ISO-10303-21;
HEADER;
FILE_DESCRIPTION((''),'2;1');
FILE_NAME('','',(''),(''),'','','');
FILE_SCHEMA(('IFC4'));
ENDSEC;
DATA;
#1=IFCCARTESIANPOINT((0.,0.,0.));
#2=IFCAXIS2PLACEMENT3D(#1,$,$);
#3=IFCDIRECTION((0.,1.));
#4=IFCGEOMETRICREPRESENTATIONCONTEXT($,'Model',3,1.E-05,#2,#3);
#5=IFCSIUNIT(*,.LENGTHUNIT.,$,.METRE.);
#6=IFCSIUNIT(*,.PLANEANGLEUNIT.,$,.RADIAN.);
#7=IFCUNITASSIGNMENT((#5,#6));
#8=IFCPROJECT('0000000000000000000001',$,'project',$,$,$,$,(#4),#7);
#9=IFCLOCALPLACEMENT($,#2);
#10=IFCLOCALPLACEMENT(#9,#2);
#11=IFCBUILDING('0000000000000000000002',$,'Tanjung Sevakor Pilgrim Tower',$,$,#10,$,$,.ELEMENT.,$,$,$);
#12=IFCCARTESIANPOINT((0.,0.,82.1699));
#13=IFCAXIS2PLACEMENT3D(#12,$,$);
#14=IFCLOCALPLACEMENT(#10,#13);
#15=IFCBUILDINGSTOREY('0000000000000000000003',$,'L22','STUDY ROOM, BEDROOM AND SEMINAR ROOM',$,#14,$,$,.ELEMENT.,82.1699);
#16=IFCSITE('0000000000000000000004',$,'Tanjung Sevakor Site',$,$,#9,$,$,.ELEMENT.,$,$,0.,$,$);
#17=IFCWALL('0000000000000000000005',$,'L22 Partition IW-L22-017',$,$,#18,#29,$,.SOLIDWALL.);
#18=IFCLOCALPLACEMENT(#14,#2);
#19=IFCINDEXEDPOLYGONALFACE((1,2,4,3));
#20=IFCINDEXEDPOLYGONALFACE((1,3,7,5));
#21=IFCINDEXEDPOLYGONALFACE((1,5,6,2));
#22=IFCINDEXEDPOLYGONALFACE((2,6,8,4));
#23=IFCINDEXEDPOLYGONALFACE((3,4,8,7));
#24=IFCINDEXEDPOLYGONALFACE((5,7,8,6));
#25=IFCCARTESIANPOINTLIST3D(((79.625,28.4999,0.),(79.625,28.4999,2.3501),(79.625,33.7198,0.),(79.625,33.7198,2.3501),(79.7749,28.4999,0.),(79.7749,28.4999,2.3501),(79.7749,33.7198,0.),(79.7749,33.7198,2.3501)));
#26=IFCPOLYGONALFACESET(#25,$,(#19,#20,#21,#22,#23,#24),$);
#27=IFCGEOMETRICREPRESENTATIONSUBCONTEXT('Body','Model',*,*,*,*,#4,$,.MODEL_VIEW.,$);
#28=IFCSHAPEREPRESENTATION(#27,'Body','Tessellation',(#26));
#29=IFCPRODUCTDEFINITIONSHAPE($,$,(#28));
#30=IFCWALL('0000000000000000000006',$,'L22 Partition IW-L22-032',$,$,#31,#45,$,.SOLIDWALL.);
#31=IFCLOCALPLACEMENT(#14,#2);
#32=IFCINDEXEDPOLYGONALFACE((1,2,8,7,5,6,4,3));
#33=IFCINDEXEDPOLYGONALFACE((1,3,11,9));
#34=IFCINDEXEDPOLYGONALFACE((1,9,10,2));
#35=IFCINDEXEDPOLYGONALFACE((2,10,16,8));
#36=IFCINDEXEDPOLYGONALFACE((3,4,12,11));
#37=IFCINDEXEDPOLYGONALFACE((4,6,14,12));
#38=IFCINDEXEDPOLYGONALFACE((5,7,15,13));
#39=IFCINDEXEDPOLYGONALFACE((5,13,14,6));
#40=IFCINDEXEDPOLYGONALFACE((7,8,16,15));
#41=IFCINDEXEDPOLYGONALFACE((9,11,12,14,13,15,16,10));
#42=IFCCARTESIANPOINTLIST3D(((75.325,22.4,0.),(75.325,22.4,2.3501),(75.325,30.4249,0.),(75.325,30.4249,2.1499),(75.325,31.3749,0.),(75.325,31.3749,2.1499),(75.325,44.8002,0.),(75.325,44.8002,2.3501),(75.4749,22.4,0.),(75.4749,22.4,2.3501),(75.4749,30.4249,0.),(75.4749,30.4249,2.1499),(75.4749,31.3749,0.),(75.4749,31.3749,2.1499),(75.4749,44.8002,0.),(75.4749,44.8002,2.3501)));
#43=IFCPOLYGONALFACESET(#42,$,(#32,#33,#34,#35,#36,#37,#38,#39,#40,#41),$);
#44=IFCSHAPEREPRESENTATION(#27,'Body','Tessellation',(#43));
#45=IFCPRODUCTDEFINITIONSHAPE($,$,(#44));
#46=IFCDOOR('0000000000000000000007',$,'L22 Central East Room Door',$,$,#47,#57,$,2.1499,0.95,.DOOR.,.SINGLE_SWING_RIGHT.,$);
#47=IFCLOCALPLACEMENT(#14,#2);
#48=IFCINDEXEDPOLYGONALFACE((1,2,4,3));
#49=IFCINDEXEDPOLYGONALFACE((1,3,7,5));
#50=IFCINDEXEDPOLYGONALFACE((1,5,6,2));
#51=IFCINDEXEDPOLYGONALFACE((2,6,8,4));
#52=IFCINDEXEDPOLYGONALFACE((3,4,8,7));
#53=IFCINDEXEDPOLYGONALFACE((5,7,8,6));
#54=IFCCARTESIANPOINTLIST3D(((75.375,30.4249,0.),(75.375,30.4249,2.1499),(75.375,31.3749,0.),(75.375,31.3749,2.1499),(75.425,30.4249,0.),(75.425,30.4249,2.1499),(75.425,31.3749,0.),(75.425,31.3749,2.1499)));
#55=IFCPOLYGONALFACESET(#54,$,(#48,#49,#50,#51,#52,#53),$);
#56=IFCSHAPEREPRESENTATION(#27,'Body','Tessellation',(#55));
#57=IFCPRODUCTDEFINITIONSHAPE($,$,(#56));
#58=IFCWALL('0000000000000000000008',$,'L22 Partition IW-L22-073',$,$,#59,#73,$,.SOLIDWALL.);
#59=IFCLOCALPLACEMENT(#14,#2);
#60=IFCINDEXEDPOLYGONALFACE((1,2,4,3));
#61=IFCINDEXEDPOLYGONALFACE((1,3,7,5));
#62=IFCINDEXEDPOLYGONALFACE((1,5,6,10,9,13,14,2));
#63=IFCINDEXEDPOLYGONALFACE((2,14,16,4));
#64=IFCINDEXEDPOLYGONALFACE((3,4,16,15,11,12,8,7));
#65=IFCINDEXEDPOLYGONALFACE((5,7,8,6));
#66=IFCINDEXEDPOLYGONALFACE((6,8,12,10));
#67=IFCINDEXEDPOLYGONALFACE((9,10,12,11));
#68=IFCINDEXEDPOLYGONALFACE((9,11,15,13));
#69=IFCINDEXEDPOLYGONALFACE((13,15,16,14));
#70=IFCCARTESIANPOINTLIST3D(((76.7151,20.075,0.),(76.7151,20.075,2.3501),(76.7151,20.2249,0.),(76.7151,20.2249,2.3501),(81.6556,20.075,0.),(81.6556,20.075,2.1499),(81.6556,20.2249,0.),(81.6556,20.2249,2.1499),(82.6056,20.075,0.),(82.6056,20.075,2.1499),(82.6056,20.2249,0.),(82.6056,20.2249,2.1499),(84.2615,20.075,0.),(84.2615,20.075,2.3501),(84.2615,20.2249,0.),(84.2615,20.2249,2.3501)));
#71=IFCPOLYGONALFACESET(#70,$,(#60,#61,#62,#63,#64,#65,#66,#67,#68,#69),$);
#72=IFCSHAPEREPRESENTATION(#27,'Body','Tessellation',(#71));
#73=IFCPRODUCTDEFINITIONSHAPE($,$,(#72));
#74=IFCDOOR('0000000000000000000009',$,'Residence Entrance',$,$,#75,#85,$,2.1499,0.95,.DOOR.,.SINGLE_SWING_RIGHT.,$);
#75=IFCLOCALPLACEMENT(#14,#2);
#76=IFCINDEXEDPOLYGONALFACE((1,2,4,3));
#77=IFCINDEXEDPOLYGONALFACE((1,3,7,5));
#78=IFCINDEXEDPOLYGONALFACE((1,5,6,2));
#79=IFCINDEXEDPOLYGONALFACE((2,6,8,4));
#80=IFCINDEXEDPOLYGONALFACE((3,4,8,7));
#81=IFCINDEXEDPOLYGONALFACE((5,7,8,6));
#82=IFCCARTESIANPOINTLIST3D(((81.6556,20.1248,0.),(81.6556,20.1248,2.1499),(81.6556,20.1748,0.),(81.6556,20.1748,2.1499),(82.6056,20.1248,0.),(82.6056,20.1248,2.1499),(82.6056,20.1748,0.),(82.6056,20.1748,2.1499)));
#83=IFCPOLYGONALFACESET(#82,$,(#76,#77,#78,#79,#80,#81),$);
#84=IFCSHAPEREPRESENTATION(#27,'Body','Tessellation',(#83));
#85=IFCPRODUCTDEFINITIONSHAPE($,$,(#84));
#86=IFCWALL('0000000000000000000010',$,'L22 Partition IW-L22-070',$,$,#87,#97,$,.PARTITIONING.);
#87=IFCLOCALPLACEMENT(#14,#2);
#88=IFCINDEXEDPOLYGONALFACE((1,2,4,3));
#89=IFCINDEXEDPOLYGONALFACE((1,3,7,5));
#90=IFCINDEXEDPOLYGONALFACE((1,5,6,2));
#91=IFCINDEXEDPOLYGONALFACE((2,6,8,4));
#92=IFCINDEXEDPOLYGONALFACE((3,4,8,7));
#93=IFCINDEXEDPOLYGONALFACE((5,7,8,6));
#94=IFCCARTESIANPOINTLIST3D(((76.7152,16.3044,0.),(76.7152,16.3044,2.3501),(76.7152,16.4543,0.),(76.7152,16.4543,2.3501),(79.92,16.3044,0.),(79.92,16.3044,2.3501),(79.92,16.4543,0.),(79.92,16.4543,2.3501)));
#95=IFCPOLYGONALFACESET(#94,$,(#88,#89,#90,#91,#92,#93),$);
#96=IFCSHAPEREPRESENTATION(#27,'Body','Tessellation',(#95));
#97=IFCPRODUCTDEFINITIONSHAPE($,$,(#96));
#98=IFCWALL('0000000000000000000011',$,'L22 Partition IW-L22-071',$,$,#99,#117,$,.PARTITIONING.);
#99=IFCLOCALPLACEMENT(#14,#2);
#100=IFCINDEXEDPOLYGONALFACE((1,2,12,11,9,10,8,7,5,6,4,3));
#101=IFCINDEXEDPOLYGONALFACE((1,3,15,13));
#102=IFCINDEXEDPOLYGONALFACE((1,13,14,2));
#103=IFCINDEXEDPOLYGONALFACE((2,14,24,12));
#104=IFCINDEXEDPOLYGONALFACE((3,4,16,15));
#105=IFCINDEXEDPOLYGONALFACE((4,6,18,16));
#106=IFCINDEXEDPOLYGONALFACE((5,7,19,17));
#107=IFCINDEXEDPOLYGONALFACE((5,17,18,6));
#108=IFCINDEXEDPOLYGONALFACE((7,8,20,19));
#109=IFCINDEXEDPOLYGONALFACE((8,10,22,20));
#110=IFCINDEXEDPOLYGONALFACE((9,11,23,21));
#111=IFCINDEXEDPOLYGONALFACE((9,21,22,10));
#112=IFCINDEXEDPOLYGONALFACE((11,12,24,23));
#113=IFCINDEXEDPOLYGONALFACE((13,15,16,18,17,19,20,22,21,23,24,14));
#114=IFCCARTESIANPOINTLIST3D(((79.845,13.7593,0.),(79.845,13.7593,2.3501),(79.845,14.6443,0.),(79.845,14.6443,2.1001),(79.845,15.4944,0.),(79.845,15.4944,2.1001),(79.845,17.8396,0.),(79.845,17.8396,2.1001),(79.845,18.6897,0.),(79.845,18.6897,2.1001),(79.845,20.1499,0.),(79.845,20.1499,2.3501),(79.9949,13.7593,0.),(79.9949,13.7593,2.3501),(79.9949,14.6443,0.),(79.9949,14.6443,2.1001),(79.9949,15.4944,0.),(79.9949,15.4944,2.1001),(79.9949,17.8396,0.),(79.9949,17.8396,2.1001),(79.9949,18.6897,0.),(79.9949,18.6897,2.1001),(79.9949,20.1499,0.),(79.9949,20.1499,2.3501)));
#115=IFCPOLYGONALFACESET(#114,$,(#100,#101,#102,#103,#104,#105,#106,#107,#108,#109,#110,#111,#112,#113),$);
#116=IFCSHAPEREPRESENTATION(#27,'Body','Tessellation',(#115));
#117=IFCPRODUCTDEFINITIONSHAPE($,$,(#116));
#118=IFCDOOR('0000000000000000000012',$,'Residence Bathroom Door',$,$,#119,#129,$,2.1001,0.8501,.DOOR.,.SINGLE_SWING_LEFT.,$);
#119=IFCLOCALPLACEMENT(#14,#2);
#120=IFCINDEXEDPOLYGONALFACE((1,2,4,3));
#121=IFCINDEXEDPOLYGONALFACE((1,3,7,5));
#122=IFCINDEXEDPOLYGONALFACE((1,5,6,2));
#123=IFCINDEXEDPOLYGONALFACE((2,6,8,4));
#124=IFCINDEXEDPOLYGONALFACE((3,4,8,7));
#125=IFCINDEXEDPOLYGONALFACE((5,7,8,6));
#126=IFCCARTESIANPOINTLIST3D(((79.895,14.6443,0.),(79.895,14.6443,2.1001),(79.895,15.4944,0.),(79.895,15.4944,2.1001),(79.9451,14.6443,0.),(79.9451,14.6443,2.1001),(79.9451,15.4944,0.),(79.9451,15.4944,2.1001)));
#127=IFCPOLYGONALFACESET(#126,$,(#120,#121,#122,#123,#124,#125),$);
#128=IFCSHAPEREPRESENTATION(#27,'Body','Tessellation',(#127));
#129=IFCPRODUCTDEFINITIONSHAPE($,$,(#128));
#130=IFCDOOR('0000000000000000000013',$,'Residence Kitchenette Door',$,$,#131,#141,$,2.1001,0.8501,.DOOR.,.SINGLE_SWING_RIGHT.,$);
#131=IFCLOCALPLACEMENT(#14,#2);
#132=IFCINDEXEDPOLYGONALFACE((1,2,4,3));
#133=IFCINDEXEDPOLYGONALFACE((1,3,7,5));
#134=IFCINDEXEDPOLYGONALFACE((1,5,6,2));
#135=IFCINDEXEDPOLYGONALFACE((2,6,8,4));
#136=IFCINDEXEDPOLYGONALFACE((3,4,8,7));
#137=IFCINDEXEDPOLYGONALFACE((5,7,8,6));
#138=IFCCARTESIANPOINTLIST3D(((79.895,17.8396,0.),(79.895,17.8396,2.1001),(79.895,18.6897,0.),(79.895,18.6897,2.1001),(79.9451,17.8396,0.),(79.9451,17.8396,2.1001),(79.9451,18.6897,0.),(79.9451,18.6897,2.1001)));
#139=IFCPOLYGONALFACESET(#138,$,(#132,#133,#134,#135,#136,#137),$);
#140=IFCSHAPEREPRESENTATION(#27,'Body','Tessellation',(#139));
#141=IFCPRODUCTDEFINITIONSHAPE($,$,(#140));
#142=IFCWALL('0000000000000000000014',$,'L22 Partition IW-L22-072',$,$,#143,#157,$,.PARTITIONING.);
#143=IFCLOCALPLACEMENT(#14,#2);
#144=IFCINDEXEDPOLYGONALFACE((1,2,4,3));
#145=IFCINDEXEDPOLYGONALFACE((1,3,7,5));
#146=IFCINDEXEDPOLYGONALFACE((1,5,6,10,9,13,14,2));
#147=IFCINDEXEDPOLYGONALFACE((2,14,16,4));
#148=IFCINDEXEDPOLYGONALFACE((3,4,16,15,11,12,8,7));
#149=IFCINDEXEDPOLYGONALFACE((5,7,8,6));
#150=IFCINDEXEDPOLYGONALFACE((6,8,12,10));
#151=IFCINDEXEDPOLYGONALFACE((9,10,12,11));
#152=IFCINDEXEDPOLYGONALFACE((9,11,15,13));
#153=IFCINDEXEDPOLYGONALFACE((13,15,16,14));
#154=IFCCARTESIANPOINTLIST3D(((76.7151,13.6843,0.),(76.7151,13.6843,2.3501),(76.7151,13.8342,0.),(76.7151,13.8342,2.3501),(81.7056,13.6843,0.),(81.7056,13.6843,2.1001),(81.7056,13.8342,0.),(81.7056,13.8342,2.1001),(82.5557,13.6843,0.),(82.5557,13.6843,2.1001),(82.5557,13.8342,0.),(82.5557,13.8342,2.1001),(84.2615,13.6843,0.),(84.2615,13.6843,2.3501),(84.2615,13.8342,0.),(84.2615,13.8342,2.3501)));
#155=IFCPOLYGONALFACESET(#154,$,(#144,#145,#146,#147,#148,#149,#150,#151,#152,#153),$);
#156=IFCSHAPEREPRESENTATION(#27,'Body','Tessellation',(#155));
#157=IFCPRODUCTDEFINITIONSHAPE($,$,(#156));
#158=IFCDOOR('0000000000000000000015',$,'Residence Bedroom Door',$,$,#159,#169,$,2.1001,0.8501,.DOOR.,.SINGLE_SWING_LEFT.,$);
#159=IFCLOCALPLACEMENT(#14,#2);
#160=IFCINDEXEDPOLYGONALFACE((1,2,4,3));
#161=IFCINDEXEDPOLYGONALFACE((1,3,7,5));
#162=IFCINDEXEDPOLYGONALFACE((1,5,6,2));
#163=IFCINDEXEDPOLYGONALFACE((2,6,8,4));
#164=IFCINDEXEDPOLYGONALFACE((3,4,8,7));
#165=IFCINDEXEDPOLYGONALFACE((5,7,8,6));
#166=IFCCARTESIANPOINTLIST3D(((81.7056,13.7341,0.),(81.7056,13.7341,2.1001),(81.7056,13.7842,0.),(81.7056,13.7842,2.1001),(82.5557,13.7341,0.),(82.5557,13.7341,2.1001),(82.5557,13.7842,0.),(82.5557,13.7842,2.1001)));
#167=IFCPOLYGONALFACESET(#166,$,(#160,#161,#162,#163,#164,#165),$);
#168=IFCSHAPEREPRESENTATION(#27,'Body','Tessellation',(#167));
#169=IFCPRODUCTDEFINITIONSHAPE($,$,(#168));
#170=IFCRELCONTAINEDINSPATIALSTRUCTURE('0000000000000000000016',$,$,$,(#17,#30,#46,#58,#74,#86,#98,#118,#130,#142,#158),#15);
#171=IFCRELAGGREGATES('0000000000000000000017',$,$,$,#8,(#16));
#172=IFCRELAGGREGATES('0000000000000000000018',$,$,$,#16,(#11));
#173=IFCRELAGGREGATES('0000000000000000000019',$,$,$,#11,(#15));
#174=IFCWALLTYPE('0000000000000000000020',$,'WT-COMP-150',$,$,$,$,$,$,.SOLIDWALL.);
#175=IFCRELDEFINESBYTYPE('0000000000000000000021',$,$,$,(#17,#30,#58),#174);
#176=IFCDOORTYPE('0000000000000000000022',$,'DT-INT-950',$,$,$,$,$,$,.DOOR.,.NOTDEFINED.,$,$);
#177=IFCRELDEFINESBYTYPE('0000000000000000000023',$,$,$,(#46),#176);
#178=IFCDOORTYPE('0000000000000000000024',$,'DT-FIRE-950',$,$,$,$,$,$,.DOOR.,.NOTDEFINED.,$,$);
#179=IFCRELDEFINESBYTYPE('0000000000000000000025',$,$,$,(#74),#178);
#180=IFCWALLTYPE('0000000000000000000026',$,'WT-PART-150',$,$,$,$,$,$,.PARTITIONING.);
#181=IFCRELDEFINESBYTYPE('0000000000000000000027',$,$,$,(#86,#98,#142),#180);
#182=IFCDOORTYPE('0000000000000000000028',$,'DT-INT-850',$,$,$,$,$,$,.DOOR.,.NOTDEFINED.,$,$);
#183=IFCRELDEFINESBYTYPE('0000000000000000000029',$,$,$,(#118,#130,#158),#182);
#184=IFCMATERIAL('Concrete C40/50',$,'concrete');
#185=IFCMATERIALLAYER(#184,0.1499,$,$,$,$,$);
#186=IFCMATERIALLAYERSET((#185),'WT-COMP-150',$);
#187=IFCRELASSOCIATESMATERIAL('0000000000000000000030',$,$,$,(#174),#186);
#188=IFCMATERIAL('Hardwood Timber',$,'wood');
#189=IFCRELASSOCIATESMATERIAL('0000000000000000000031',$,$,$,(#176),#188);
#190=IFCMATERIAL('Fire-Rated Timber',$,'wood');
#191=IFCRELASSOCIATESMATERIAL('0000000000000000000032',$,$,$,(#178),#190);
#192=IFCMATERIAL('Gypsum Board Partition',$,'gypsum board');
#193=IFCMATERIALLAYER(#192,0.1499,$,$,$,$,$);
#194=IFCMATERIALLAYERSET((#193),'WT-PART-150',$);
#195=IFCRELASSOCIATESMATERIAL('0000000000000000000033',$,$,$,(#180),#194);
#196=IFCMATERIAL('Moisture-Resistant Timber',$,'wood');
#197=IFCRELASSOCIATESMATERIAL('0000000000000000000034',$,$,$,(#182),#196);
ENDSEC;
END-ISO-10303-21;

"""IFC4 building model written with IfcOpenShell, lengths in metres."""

from ifc_helpers import new_model, si_unit, direction, frame, frame_2d, origin, place, context, subcontext, project, spatial, rectangle, extrude, material, layer, layer_set, type_object, element, fill, save


model = new_model("IFC4")

# Units and contexts
model_context = context("Model", 3, precision=1e-05, world=origin(), true_north=direction((0.0, 1.0)))
body_context = subcontext(model_context, "Body", "Model", "MODEL_VIEW")
ifc_project = project(units=[si_unit("LENGTHUNIT", "METRE"), si_unit("PLANEANGLEUNIT", "RADIAN")], contexts=[model_context])

# Site, building, storey
site_placement = place(None, origin())
site = spatial("IfcSite", under=ifc_project, at=site_placement, Name="Tanjung Sevakor Site", CompositionType="ELEMENT", RefElevation=0.0)
building_placement = place(site_placement, origin())
building = spatial("IfcBuilding", under=site, at=building_placement, Name="Tanjung Sevakor Pilgrim Tower", CompositionType="ELEMENT")
storey_placement = place(building_placement, frame((0.0, 0.0, 82.1699)))
storey = spatial("IfcBuildingStorey", under=building, at=storey_placement, Name="L22", Description="STUDY ROOM, BEDROOM AND SEMINAR ROOM", CompositionType="ELEMENT", Elevation=82.1699)

# Wall
ifc_material_1 = material(Name="Concrete C40/50", Category="concrete")
ifc_layer_1 = layer(ifc_material_1, 0.1499)
ifc_layer_set_1 = layer_set([ifc_layer_1], Name="WT-COMP-150")
wall_type_1 = type_object("IfcWallType", Name="WT-COMP-150", PredefinedType="SOLIDWALL", material=ifc_layer_set_1)
wall_1_placement = place(storey_placement, frame((79.7, 28.5, 0.0), z_axis=(0.0, 0.0, 1.0), x_axis=(0.0, 1.0, 0.0)))
element("IfcWall", 1, at=wall_1_placement, inside=storey, type_object=wall_type_1, Name="L22 Partition IW-L22-017", PredefinedType="SOLIDWALL", context=body_context, shape_type="SweptSolid", body=[
    extrude(rectangle(XDim=5.22, YDim=0.1499, at=frame_2d((2.6099, 0.0))), origin(), (0.0, 0.0, 1.0), 2.3501),
])

# Walls, openings, doors
wall_2_placement = place(storey_placement, frame((75.3999, 22.3999, 0.0), z_axis=(0.0, 0.0, 1.0), x_axis=(0.0, 1.0, 0.0)))
wall_2 = element("IfcWall", 2, at=wall_2_placement, inside=storey, type_object=wall_type_1, Name="L22 Partition IW-L22-032", PredefinedType="SOLIDWALL", context=body_context, shape_type="SweptSolid", body=[
    extrude(rectangle(XDim=22.4001, YDim=0.1499, at=frame_2d((11.2002, 0.0))), origin(), (0.0, 0.0, 1.0), 2.3501),
])
opening_1_placement = place(wall_2_placement, frame((8.0249, 0.0, 0.0)))
opening_1 = element("IfcOpeningElement", 3, at=opening_1_placement, cuts=wall_2, PredefinedType="OPENING", context=body_context, shape_type="SweptSolid", body=[
    extrude(rectangle(XDim=0.95, YDim=2.1499, at=frame_2d((0.4751, 1.075))), frame((0.0, 0.085, 0.0), z_axis=(0.0, -1.0, 0.0), x_axis=(1.0, 0.0, 0.0)), (0.0, 0.0, 1.0), 0.1699),
])
ifc_material_2 = material(Name="Hardwood Timber", Category="wood")
door_type_1 = type_object("IfcDoorType", Name="DT-INT-950", OperationType="NOTDEFINED", PredefinedType="DOOR", material=ifc_material_2)
door_1_placement = place(opening_1_placement, origin())
door_1 = element("IfcDoor", 4, at=door_1_placement, inside=storey, type_object=door_type_1, Name="L22 Central East Room Door", OperationType="SINGLE_SWING_RIGHT", OverallHeight=2.1499, OverallWidth=0.95, PredefinedType="DOOR", context=body_context, shape_type="SweptSolid", body=[
    extrude(rectangle(XDim=0.95, YDim=2.1499, at=frame_2d((0.4751, 1.075))), frame((0.0, 0.0249, 0.0), z_axis=(0.0, -1.0, 0.0), x_axis=(1.0, 0.0, 0.0)), (0.0, 0.0, 1.0), 0.05),
])
fill(opening_1, door_1)
wall_3_placement = place(storey_placement, frame((76.7151, 20.1499, 0.0), z_axis=(0.0, 0.0, 1.0), x_axis=(1.0, 0.0, 0.0)))
wall_3 = element("IfcWall", 5, at=wall_3_placement, inside=storey, type_object=wall_type_1, Name="L22 Partition IW-L22-073", PredefinedType="SOLIDWALL", context=body_context, shape_type="SweptSolid", body=[
    extrude(rectangle(XDim=7.5464, YDim=0.1499, at=frame_2d((3.7732, 0.0))), origin(), (0.0, 0.0, 1.0), 2.3501),
])
opening_2_placement = place(wall_3_placement, frame((4.9404, 0.0, 0.0)))
opening_2 = element("IfcOpeningElement", 6, at=opening_2_placement, cuts=wall_3, PredefinedType="OPENING", context=body_context, shape_type="SweptSolid", body=[
    extrude(rectangle(XDim=0.95, YDim=2.1499, at=frame_2d((0.4751, 1.075))), frame((0.0, 0.085, 0.0), z_axis=(0.0, -1.0, 0.0), x_axis=(1.0, 0.0, 0.0)), (0.0, 0.0, 1.0), 0.1699),
])
ifc_material_3 = material(Name="Fire-Rated Timber", Category="wood")
door_type_2 = type_object("IfcDoorType", Name="DT-FIRE-950", OperationType="NOTDEFINED", PredefinedType="DOOR", material=ifc_material_3)
door_2_placement = place(opening_2_placement, origin())
door_2 = element("IfcDoor", 7, at=door_2_placement, inside=storey, type_object=door_type_2, Name="Residence Entrance", OperationType="SINGLE_SWING_RIGHT", OverallHeight=2.1499, OverallWidth=0.95, PredefinedType="DOOR", context=body_context, shape_type="SweptSolid", body=[
    extrude(rectangle(XDim=0.95, YDim=2.1499, at=frame_2d((0.4751, 1.075))), frame((0.0, 0.0249, 0.0), z_axis=(0.0, -1.0, 0.0), x_axis=(1.0, 0.0, 0.0)), (0.0, 0.0, 1.0), 0.05),
])
fill(opening_2, door_2)

# Wall
ifc_material_4 = material(Name="Gypsum Board Partition", Category="gypsum board")
ifc_layer_2 = layer(ifc_material_4, 0.1499)
ifc_layer_set_2 = layer_set([ifc_layer_2], Name="WT-PART-150")
wall_type_2 = type_object("IfcWallType", Name="WT-PART-150", PredefinedType="PARTITIONING", material=ifc_layer_set_2)
wall_4_placement = place(storey_placement, frame((76.7151, 16.3794, 0.0), z_axis=(0.0, 0.0, 1.0), x_axis=(1.0, 0.0, 0.0)))
element("IfcWall", 8, at=wall_4_placement, inside=storey, type_object=wall_type_2, Name="L22 Partition IW-L22-070", PredefinedType="PARTITIONING", context=body_context, shape_type="SweptSolid", body=[
    extrude(rectangle(XDim=3.2048, YDim=0.1499, at=frame_2d((1.6025, 0.0))), origin(), (0.0, 0.0, 1.0), 2.3501),
])

# Wall, openings, doors
wall_5_placement = place(storey_placement, frame((79.9199, 13.7593, 0.0), z_axis=(0.0, 0.0, 1.0), x_axis=(0.0, 1.0, 0.0)))
wall_5 = element("IfcWall", 9, at=wall_5_placement, inside=storey, type_object=wall_type_2, Name="L22 Partition IW-L22-071", PredefinedType="PARTITIONING", context=body_context, shape_type="SweptSolid", body=[
    extrude(rectangle(XDim=6.3906, YDim=0.1499, at=frame_2d((3.1953, 0.0))), origin(), (0.0, 0.0, 1.0), 2.3501),
])
opening_3_placement = place(wall_5_placement, frame((0.885, 0.0, 0.0)))
opening_3 = element("IfcOpeningElement", 10, at=opening_3_placement, cuts=wall_5, PredefinedType="OPENING", context=body_context, shape_type="SweptSolid", body=[
    extrude(rectangle(XDim=0.8501, YDim=2.1001, at=frame_2d((0.425, 1.05))), frame((0.0, 0.085, 0.0), z_axis=(0.0, -1.0, 0.0), x_axis=(1.0, 0.0, 0.0)), (0.0, 0.0, 1.0), 0.1699),
])
opening_4_placement = place(wall_5_placement, frame((4.0803, 0.0, 0.0)))
opening_4 = element("IfcOpeningElement", 11, at=opening_4_placement, cuts=wall_5, PredefinedType="OPENING", context=body_context, shape_type="SweptSolid", body=[
    extrude(rectangle(XDim=0.8501, YDim=2.1001, at=frame_2d((0.425, 1.05))), frame((0.0, 0.085, 0.0), z_axis=(0.0, -1.0, 0.0), x_axis=(1.0, 0.0, 0.0)), (0.0, 0.0, 1.0), 0.1699),
])
ifc_material_5 = material(Name="Moisture-Resistant Timber", Category="wood")
door_type_3 = type_object("IfcDoorType", Name="DT-INT-850", OperationType="NOTDEFINED", PredefinedType="DOOR", material=ifc_material_5)
door_3_placement = place(opening_3_placement, origin())
door_3 = element("IfcDoor", 12, at=door_3_placement, inside=storey, type_object=door_type_3, Name="Residence Bathroom Door", OperationType="SINGLE_SWING_LEFT", OverallHeight=2.1001, OverallWidth=0.8501, PredefinedType="DOOR", context=body_context, shape_type="SweptSolid", body=[
    extrude(rectangle(XDim=0.8501, YDim=2.1001, at=frame_2d((0.425, 1.05))), frame((0.0, 0.0249, 0.0), z_axis=(0.0, -1.0, 0.0), x_axis=(1.0, 0.0, 0.0)), (0.0, 0.0, 1.0), 0.05),
])
fill(opening_3, door_3)
door_4_placement = place(opening_4_placement, origin())
door_4 = element("IfcDoor", 13, at=door_4_placement, inside=storey, type_object=door_type_3, Name="Residence Kitchenette Door", OperationType="SINGLE_SWING_RIGHT", OverallHeight=2.1001, OverallWidth=0.8501, PredefinedType="DOOR", context=body_context, shape_type="SweptSolid", body=[
    extrude(rectangle(XDim=0.8501, YDim=2.1001, at=frame_2d((0.425, 1.05))), frame((0.0, 0.0249, 0.0), z_axis=(0.0, -1.0, 0.0), x_axis=(1.0, 0.0, 0.0)), (0.0, 0.0, 1.0), 0.05),
])
fill(opening_4, door_4)

# Wall, opening, door
wall_6_placement = place(storey_placement, frame((76.7151, 13.7593, 0.0), z_axis=(0.0, 0.0, 1.0), x_axis=(1.0, 0.0, 0.0)))
wall_6 = element("IfcWall", 14, at=wall_6_placement, inside=storey, type_object=wall_type_2, Name="L22 Partition IW-L22-072", PredefinedType="PARTITIONING", context=body_context, shape_type="SweptSolid", body=[
    extrude(rectangle(XDim=7.5464, YDim=0.1499, at=frame_2d((3.7732, 0.0))), origin(), (0.0, 0.0, 1.0), 2.3501),
])
opening_5_placement = place(wall_6_placement, frame((4.9905, 0.0, 0.0)))
opening_5 = element("IfcOpeningElement", 15, at=opening_5_placement, cuts=wall_6, PredefinedType="OPENING", context=body_context, shape_type="SweptSolid", body=[
    extrude(rectangle(XDim=0.8501, YDim=2.1001, at=frame_2d((0.425, 1.05))), frame((0.0, 0.085, 0.0), z_axis=(0.0, -1.0, 0.0), x_axis=(1.0, 0.0, 0.0)), (0.0, 0.0, 1.0), 0.1699),
])
door_5_placement = place(opening_5_placement, origin())
door_5 = element("IfcDoor", 16, at=door_5_placement, inside=storey, type_object=door_type_3, Name="Residence Bedroom Door", OperationType="SINGLE_SWING_LEFT", OverallHeight=2.1001, OverallWidth=0.8501, PredefinedType="DOOR", context=body_context, shape_type="SweptSolid", body=[
    extrude(rectangle(XDim=0.8501, YDim=2.1001, at=frame_2d((0.425, 1.05))), frame((0.0, 0.0249, 0.0), z_axis=(0.0, -1.0, 0.0), x_axis=(1.0, 0.0, 0.0)), (0.0, 0.0, 1.0), 0.05),
])
fill(opening_5, door_5)

save(model, "model.ifc")
